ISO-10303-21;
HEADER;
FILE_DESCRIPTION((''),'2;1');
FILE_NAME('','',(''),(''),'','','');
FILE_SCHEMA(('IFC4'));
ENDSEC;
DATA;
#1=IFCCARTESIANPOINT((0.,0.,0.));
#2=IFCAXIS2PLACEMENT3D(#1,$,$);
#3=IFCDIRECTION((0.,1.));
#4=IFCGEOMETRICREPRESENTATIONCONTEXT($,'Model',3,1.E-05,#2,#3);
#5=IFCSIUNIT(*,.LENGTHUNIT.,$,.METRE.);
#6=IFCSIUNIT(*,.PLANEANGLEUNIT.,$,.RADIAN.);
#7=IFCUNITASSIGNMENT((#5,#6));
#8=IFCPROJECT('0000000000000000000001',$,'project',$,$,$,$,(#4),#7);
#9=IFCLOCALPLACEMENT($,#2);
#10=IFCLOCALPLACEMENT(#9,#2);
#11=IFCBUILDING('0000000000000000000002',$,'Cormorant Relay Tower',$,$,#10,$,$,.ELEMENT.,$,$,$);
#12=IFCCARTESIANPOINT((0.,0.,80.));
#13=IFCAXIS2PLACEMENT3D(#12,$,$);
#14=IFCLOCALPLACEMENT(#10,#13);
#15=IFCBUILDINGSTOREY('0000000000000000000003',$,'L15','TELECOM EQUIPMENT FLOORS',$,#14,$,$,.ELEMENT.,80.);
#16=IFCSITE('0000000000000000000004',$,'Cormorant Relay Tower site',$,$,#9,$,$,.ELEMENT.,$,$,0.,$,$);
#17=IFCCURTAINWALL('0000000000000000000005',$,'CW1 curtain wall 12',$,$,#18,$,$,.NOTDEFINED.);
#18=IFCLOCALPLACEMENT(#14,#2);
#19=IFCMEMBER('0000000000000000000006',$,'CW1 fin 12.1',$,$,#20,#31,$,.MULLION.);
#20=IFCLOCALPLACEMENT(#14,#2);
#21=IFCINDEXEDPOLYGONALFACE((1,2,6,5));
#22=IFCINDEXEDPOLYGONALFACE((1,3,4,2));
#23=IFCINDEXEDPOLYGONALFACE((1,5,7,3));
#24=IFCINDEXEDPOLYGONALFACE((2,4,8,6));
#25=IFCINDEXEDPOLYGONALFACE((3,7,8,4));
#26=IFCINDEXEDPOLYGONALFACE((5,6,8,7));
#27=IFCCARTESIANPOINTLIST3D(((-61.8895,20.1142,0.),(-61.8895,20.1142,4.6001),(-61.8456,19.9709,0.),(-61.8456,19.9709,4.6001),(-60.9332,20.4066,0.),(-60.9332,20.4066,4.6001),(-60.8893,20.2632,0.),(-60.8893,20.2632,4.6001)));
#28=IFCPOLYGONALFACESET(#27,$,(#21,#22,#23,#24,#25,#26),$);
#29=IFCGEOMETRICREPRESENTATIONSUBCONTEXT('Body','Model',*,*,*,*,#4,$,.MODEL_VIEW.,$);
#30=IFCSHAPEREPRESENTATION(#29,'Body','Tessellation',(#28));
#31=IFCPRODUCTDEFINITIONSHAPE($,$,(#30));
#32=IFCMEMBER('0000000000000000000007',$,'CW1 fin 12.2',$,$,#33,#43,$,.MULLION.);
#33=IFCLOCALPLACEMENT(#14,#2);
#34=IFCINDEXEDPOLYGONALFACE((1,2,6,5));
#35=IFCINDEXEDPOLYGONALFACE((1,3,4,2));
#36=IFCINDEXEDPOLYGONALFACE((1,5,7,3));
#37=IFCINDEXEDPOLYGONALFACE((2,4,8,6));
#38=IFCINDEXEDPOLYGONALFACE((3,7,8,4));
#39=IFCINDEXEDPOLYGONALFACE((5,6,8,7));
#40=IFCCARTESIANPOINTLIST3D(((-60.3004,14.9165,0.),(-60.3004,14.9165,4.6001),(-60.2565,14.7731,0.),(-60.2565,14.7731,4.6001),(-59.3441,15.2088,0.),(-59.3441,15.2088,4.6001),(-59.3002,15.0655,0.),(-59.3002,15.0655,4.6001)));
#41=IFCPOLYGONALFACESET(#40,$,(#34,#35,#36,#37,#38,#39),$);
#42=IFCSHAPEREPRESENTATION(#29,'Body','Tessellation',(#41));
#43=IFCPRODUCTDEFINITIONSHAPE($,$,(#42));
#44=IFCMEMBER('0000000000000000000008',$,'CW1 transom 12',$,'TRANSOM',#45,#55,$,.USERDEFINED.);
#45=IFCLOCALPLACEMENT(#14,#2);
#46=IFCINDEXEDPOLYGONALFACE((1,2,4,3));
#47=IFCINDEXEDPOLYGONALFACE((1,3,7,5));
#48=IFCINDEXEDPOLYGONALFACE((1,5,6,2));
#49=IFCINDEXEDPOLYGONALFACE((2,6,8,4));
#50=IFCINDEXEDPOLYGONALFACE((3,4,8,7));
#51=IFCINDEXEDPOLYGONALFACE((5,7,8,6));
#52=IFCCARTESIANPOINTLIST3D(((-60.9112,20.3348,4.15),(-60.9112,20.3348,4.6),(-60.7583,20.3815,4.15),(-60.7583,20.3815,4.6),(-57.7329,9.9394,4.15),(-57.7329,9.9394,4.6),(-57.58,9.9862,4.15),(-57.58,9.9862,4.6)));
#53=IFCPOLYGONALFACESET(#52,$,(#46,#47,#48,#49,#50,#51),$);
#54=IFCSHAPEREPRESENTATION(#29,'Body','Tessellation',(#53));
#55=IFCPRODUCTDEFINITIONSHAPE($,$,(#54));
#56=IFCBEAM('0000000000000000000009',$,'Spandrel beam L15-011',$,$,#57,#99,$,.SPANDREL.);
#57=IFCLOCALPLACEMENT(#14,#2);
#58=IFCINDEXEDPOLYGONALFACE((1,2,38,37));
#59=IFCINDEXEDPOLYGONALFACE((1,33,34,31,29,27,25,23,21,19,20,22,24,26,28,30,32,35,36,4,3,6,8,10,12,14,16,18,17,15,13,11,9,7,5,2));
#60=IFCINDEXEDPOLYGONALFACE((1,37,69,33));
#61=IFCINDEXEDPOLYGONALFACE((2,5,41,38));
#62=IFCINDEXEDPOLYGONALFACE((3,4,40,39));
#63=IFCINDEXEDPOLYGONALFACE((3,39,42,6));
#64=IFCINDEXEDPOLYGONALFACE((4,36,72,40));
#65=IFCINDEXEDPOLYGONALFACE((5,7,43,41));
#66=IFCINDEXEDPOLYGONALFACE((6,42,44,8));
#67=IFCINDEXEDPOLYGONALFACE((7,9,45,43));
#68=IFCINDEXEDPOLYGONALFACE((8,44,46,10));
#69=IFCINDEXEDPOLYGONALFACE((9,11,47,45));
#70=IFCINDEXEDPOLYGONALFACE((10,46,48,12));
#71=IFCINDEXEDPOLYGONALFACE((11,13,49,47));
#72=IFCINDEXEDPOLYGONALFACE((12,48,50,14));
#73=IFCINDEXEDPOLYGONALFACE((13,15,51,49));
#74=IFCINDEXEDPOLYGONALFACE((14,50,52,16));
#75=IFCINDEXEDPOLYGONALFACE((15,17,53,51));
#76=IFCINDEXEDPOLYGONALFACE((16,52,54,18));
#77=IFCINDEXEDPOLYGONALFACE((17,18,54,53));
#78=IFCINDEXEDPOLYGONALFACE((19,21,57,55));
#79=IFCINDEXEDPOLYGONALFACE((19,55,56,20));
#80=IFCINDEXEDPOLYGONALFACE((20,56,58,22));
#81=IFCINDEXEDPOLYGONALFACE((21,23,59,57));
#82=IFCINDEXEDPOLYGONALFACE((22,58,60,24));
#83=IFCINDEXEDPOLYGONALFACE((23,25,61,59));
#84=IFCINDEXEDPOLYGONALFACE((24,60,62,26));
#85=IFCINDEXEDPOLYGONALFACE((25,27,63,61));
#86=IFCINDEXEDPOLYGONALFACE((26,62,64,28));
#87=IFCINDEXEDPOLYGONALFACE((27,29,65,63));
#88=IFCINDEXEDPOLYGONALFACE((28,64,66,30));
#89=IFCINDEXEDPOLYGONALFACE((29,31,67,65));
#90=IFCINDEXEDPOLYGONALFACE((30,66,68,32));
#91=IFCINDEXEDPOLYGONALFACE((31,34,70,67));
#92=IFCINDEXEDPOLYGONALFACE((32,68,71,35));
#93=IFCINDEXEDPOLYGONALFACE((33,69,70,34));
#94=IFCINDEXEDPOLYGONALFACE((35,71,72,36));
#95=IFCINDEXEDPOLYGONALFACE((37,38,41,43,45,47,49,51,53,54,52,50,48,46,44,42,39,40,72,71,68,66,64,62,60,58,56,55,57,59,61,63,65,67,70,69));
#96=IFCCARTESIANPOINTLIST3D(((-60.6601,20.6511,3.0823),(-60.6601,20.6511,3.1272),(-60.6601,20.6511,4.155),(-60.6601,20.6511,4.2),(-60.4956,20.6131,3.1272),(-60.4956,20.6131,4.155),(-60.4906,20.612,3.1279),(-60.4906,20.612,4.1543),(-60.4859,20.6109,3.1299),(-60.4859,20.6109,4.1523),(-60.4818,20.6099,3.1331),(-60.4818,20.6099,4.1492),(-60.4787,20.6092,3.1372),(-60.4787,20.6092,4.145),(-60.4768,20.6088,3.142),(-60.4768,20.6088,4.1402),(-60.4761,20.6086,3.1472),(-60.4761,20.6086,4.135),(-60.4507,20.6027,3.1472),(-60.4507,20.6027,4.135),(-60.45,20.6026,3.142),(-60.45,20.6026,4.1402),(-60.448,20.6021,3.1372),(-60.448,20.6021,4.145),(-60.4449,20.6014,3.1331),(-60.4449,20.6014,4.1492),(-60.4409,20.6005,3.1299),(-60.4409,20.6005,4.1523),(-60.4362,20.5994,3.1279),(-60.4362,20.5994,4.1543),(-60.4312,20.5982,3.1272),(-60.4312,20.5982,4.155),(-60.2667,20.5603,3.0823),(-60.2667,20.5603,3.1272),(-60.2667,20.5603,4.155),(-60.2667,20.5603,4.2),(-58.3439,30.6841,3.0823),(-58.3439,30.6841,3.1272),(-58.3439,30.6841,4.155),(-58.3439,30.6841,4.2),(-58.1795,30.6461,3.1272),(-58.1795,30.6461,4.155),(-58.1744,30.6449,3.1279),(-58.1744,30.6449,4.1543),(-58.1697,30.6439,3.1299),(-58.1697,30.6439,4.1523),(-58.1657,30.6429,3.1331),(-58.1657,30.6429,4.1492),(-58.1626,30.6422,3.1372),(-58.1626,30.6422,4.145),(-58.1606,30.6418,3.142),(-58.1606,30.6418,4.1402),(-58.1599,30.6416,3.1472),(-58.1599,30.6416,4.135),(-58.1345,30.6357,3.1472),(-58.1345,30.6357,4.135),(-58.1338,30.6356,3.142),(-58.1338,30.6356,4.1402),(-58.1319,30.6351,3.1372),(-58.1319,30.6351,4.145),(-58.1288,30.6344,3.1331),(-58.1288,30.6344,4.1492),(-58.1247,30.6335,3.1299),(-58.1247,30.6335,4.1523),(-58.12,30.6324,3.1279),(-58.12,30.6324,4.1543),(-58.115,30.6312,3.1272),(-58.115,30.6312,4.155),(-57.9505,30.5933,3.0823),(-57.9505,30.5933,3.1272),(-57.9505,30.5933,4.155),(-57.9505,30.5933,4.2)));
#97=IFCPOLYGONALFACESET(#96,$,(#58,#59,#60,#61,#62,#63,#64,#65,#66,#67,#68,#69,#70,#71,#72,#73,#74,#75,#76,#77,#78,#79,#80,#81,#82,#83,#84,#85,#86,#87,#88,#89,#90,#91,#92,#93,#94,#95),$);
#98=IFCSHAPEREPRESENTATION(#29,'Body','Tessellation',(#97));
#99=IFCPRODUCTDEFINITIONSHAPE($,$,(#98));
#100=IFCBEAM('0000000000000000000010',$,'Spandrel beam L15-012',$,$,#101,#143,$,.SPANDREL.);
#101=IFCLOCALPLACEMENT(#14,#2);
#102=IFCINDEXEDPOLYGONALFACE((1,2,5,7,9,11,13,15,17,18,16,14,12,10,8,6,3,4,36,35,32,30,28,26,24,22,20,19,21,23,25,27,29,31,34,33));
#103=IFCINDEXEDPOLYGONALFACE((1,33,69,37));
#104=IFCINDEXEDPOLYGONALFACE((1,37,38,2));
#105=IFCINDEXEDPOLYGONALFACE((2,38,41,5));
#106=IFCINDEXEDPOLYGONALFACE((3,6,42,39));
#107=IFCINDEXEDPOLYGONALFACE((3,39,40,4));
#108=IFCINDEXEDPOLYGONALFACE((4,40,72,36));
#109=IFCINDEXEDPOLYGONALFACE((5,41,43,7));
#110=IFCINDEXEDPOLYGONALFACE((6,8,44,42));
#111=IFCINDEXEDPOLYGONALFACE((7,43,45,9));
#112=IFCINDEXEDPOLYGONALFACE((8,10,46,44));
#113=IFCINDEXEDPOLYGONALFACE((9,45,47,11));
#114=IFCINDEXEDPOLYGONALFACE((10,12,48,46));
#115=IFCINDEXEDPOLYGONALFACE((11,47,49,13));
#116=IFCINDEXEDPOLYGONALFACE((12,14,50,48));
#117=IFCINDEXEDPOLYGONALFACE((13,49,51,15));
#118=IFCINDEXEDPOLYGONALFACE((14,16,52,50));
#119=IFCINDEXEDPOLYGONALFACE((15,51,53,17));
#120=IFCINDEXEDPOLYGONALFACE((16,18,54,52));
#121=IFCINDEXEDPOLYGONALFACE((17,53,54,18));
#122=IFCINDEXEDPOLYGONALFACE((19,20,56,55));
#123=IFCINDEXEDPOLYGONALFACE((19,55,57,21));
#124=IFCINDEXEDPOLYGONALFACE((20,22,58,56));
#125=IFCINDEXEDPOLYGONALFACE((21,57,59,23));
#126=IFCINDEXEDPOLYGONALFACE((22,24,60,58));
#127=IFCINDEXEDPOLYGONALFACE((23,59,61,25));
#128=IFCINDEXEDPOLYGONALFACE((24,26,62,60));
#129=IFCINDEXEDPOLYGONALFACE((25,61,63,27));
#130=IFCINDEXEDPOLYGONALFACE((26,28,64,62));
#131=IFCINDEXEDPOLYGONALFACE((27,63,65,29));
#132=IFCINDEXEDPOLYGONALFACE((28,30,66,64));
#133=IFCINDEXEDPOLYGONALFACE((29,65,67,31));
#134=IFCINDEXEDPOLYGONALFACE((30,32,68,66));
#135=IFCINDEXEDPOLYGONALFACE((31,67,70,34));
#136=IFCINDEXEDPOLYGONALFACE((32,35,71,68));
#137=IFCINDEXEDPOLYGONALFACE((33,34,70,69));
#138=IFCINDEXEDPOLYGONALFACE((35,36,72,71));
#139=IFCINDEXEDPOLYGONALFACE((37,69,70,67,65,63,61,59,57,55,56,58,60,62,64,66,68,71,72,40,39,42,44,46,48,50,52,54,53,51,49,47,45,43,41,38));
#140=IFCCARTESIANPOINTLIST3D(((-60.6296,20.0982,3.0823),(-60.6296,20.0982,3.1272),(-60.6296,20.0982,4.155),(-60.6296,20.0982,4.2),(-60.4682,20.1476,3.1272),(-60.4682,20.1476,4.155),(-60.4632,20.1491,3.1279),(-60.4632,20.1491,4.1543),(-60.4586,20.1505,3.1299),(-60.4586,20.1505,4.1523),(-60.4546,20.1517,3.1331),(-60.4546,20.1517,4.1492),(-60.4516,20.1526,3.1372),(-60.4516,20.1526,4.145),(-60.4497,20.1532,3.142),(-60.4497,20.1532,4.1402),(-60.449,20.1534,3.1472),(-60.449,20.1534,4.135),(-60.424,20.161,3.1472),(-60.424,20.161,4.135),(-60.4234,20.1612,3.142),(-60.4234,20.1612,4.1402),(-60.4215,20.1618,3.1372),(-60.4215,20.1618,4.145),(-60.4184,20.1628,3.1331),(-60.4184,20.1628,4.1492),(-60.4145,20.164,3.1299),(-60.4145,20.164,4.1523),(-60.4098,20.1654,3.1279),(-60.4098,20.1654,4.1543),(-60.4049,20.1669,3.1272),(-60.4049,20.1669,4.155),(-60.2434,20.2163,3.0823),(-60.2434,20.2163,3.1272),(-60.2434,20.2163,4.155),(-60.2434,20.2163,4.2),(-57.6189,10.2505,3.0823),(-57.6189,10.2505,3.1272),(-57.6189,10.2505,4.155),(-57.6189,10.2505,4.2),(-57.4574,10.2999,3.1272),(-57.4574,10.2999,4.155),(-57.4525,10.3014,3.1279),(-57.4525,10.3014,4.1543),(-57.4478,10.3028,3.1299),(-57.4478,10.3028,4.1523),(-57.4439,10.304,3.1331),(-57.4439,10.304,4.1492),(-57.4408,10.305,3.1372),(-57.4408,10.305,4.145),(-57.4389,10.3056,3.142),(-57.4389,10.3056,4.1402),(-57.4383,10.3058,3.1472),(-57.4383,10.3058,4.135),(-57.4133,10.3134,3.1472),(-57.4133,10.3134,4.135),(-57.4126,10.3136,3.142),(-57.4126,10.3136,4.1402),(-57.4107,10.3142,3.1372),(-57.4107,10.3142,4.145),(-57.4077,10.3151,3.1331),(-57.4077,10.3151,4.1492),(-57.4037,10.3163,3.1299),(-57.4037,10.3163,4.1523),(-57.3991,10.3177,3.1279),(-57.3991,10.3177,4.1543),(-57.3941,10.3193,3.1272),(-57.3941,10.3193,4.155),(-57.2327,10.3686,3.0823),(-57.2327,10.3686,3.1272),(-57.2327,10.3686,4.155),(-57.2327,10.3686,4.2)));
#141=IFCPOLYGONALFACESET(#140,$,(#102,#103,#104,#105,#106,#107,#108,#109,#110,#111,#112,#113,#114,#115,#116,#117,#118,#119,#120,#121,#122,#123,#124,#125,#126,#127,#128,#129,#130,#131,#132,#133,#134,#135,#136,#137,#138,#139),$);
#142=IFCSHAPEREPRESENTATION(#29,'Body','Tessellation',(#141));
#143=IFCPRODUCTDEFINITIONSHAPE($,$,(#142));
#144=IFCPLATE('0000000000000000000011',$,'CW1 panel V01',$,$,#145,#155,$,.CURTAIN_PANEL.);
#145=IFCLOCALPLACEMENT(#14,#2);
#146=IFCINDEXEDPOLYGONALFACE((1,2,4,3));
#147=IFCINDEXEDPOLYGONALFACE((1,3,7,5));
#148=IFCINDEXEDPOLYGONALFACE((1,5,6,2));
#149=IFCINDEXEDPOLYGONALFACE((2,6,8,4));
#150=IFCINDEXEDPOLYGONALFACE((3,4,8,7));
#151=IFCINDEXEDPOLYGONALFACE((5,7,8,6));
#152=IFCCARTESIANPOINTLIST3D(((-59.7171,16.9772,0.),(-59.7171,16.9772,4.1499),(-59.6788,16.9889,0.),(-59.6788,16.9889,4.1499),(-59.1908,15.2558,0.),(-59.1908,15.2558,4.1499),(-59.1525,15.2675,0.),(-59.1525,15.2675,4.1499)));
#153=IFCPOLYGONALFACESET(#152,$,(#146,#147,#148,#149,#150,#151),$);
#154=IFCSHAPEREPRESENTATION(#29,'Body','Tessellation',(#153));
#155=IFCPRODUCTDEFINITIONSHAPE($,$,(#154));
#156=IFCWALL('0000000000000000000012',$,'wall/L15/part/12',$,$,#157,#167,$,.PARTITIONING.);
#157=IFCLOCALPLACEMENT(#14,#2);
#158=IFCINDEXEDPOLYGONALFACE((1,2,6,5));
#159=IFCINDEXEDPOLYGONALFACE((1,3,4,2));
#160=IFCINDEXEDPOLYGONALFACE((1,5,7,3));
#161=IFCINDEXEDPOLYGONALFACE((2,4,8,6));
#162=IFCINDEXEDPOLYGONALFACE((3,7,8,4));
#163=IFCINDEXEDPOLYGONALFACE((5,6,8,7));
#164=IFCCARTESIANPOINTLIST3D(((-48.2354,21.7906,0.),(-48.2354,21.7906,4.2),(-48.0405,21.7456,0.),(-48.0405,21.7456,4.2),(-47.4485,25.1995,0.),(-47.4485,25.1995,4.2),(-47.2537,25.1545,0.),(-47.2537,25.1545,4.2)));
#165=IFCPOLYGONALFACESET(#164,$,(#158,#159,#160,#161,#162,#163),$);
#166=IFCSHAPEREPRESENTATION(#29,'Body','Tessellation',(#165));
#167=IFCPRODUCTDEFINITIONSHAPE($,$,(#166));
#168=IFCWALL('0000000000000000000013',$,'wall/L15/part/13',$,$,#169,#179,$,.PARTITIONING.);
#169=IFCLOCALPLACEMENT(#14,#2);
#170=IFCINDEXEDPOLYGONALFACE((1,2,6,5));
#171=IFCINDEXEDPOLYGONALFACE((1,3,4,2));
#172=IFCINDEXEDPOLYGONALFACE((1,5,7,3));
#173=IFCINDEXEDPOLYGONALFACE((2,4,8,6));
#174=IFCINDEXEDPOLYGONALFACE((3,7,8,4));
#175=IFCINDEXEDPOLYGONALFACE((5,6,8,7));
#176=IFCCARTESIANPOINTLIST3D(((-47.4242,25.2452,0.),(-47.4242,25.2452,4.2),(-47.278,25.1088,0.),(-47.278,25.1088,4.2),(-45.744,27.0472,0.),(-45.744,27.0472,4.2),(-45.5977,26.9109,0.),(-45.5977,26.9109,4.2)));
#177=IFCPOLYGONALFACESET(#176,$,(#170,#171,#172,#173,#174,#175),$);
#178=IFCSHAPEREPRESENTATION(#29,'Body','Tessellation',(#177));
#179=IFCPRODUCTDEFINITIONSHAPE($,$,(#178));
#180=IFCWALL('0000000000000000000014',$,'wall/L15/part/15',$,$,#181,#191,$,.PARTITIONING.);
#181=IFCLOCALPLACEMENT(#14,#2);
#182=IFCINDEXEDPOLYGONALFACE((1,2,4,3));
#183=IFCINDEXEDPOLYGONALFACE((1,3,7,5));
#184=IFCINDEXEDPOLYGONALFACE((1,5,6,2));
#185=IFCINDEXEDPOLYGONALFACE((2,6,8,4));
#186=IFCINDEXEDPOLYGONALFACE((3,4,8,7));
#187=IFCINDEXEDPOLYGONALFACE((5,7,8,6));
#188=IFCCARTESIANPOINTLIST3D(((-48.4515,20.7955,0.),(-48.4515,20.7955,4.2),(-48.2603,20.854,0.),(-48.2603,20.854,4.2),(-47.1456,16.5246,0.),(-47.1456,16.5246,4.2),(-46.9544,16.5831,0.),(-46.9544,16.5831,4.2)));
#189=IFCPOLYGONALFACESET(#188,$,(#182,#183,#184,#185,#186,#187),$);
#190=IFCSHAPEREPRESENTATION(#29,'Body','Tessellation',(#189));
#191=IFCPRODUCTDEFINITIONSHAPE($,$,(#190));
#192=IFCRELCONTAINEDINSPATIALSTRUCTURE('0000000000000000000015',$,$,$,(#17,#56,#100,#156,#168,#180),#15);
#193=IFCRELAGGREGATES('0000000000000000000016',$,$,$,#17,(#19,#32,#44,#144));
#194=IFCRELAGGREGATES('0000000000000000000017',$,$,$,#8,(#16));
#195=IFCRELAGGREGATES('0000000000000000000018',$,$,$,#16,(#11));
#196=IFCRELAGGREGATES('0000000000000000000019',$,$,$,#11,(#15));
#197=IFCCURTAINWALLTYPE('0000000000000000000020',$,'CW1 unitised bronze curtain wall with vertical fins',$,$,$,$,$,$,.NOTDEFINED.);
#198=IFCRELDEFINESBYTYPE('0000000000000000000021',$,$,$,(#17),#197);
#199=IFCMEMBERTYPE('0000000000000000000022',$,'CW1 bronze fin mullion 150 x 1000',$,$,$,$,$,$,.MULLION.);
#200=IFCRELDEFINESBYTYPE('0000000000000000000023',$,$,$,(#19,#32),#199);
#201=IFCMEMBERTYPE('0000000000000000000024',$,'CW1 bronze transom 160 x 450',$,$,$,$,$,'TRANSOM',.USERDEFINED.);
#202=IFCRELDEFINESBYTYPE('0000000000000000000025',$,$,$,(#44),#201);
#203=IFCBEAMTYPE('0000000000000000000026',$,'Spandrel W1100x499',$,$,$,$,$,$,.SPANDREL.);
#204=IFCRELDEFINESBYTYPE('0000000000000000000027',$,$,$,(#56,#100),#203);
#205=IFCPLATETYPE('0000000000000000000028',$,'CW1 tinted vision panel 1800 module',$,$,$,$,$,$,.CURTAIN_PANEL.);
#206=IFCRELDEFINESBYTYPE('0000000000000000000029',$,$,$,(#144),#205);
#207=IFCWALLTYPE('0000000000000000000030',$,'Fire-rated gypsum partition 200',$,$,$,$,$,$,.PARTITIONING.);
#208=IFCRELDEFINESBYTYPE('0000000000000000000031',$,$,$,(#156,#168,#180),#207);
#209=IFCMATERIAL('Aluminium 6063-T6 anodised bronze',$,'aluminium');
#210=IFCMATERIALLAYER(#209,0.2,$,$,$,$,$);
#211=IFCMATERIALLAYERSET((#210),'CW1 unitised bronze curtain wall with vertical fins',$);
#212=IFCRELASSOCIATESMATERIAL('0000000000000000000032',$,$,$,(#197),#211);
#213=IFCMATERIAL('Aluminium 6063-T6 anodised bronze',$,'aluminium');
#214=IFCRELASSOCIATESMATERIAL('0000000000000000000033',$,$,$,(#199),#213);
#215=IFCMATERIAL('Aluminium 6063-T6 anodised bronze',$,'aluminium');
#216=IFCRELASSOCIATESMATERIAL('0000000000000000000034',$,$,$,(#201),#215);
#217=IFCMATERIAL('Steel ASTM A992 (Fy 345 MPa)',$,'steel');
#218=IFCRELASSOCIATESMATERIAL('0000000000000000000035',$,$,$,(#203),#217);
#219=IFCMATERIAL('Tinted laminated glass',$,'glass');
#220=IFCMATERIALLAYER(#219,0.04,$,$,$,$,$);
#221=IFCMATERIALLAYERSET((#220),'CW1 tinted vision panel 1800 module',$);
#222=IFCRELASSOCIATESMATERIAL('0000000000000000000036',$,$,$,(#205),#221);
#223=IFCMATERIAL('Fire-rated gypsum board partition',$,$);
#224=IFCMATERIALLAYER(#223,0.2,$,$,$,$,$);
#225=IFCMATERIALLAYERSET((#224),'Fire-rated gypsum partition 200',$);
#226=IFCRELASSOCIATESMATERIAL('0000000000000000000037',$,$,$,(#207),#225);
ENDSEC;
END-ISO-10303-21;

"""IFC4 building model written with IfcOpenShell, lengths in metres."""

from ifc_helpers import new_model, si_unit, direction, frame, frame_2d, origin, origin_2d, place, context, subcontext, project, spatial, rectangle, i_section, extrude, material, layer, layer_set, material_profile, profile_set, type_object, element, aggregate, save


model = new_model("IFC4")

# Units and contexts
model_context = context("Model", 3, precision=1e-05, world=origin(), true_north=direction((0.0, 1.0)))
body_context = subcontext(model_context, "Body", "Model", "MODEL_VIEW")
ifc_project = project(units=[si_unit("LENGTHUNIT", "METRE"), si_unit("PLANEANGLEUNIT", "RADIAN")], contexts=[model_context])

# Site, building, storey
site_placement = place(None, origin())
site = spatial("IfcSite", under=ifc_project, at=site_placement, Name="Cormorant Relay Tower site", CompositionType="ELEMENT", RefElevation=0.0)
building_placement = place(site_placement, origin())
building = spatial("IfcBuilding", under=site, at=building_placement, Name="Cormorant Relay Tower", CompositionType="ELEMENT")
storey_placement = place(building_placement, frame((0.0, 0.0, 80.0)))
storey = spatial("IfcBuildingStorey", under=building, at=storey_placement, Name="L15", Description="TELECOM EQUIPMENT FLOORS", CompositionType="ELEMENT", Elevation=80.0)

# Shared definitions
ifc_material_1 = material(Name="Aluminium 6063-T6 anodised bronze", Category="aluminium")
ifc_layer_1 = layer(ifc_material_1, 0.2)
ifc_layer_set_1 = layer_set([ifc_layer_1], Name="CW1 unitised bronze curtain wall with vertical fins")
curtain_wall_type = type_object("IfcCurtainWallType", Name="CW1 unitised bronze curtain wall with vertical fins", PredefinedType="NOTDEFINED", material=ifc_layer_set_1)
ifc_material_2 = material(Name="Aluminium 6063-T6 anodised bronze", Category="aluminium")
ifc_material_profile_1 = material_profile(ifc_material_2, rectangle(XDim=0.1499, YDim=1.0, at=origin_2d()), Name="AL 150x1000")
ifc_profile_set_1 = profile_set([ifc_material_profile_1], Name="Aluminium 6063-T6 anodised bronze")
member_type_1 = type_object("IfcMemberType", Name="CW1 bronze fin mullion 150 x 1000", PredefinedType="MULLION", material=ifc_profile_set_1)

# Curtain wall, members
curtain_wall_1_placement = place(storey_placement, origin())
curtain_wall_1 = element("IfcCurtainWall", 1, at=curtain_wall_1_placement, inside=storey, type_object=curtain_wall_type, Name="CW1 curtain wall 12", PredefinedType="NOTDEFINED")
member_1_placement = place(storey_placement, frame((-61.3894, 20.1887, 0.0), z_axis=(0.0, 0.0, 1.0), x_axis=(0.292372, -0.956305, 0.0)))
member_1 = element("IfcMember", 2, at=member_1_placement, type_object=member_type_1, Name="CW1 fin 12.1", PredefinedType="MULLION", context=body_context, shape_type="SweptSolid", body=[
    extrude(rectangle(XDim=0.1499, YDim=1.0, at=origin_2d()), origin(), (0.0, 0.0, 1.0), 4.6001),
])
member_2_placement = place(storey_placement, frame((-59.8003, 14.991, 0.0), z_axis=(0.0, 0.0, 1.0), x_axis=(0.292372, -0.956305, 0.0)))
member_2 = element("IfcMember", 3, at=member_2_placement, type_object=member_type_1, Name="CW1 fin 12.2", PredefinedType="MULLION", context=body_context, shape_type="SweptSolid", body=[
    extrude(rectangle(XDim=0.1499, YDim=1.0, at=origin_2d()), origin(), (0.0, 0.0, 1.0), 4.6001),
])
ifc_material_3 = material(Name="Aluminium 6063-T6 anodised bronze", Category="aluminium")
ifc_material_profile_2 = material_profile(ifc_material_3, rectangle(XDim=0.1599, YDim=0.45, at=origin_2d()), Name="AL 160x450")
ifc_profile_set_2 = profile_set([ifc_material_profile_2], Name="Aluminium 6063-T6 anodised bronze")
member_type_2 = type_object("IfcMemberType", Name="CW1 bronze transom 160 x 450", ElementType="TRANSOM", PredefinedType="USERDEFINED", material=ifc_profile_set_2)
member_3_placement = place(storey_placement, frame((-60.8347, 20.3582, 4.375), z_axis=(0.292378, -0.956303, 0.0), x_axis=(0.956303, 0.292378, 0.0)))
member_3 = element("IfcMember", 4, at=member_3_placement, type_object=member_type_2, Name="CW1 transom 12", ObjectType="TRANSOM", PredefinedType="USERDEFINED", context=body_context, shape_type="SweptSolid", body=[
    extrude(rectangle(XDim=0.1599, YDim=0.45, at=origin_2d()), origin(), (0.0, 0.0, 1.0), 10.8704),
])

# Beams
ifc_material_4 = material(Name="Steel ASTM A992 (Fy 345 MPa)", Category="steel")
ifc_material_profile_3 = material_profile(ifc_material_4, i_section(OverallWidth=0.4038, OverallDepth=1.1177, WebThickness=0.0261, FlangeThickness=0.0449, FilletRadius=0.02, at=origin_2d()), Name="W1100x499")
ifc_profile_set_3 = profile_set([ifc_material_profile_3], Name="Steel ASTM A992 (Fy 345 MPa)")
beam_type = type_object("IfcBeamType", Name="Spandrel W1100x499", PredefinedType="SPANDREL", material=ifc_profile_set_3)
beam_1_placement = place(storey_placement, frame((-58.1472, 30.6387, 3.6411), z_axis=(-0.224939, -0.974373, 0.0), x_axis=(0.974373, -0.224939, 0.0)))
element("IfcBeam", 5, at=beam_1_placement, inside=storey, type_object=beam_type, Name="Spandrel beam L15-011", PredefinedType="SPANDREL", context=body_context, shape_type="SweptSolid", body=[
    extrude(i_section(OverallWidth=0.4038, OverallDepth=1.1177, WebThickness=0.0261, FlangeThickness=0.0449, FilletRadius=0.02, at=origin_2d()), origin(), (0.0, 0.0, 1.0), 10.2969),
])
beam_2_placement = place(storey_placement, frame((-60.4365, 20.1572, 3.6411), z_axis=(0.292373, -0.956304, 0.0), x_axis=(0.956304, 0.292373, 0.0)))
element("IfcBeam", 6, at=beam_2_placement, inside=storey, type_object=beam_type, Name="Spandrel beam L15-012", PredefinedType="SPANDREL", context=body_context, shape_type="SweptSolid", body=[
    extrude(i_section(OverallWidth=0.4038, OverallDepth=1.1177, WebThickness=0.0261, FlangeThickness=0.0449, FilletRadius=0.02, at=origin_2d()), origin(), (0.0, 0.0, 1.0), 10.2976),
])

# Plate
ifc_material_5 = material(Name="Tinted laminated glass", Category="glass")
ifc_layer_2 = layer(ifc_material_5, 0.04)
ifc_layer_set_2 = layer_set([ifc_layer_2], Name="CW1 tinted vision panel 1800 module")
plate_type = type_object("IfcPlateType", Name="CW1 tinted vision panel 1800 module", PredefinedType="CURTAIN_PANEL", material=ifc_layer_set_2)
plate_placement = place(storey_placement, frame((-59.4348, 16.1223, 0.0), z_axis=(0.0, 0.0, 1.0), x_axis=(0.292372, -0.956305, 0.0)))
plate = element("IfcPlate", 7, at=plate_placement, type_object=plate_type, Name="CW1 panel V01", PredefinedType="CURTAIN_PANEL", context=body_context, shape_type="SweptSolid", body=[
    extrude(rectangle(XDim=1.8, YDim=0.04, at=origin_2d()), origin(), (0.0, 0.0, 1.0), 4.1499),
])

# Walls
ifc_material_6 = material(Name="Fire-rated gypsum board partition")
ifc_layer_3 = layer(ifc_material_6, 0.2)
ifc_layer_set_3 = layer_set([ifc_layer_3], Name="Fire-rated gypsum partition 200")
wall_type_1 = type_object("IfcWallType", Name="Fire-rated gypsum partition 200", PredefinedType="PARTITIONING", material=ifc_layer_set_3)
wall_1_placement = place(storey_placement, frame((-48.1379, 21.7681, 0.0), z_axis=(0.0, 0.0, 1.0), x_axis=(0.22491, 0.974379, 0.0)))
element("IfcWall", 8, at=wall_1_placement, inside=storey, type_object=wall_type_1, Name="wall/L15/part/12", PredefinedType="PARTITIONING", context=body_context, shape_type="SweptSolid", body=[
    extrude(rectangle(XDim=3.4985, YDim=0.2, at=frame_2d((1.7493, 0.0))), origin(), (0.0, 0.0, 1.0), 4.2),
])
wall_2_placement = place(storey_placement, frame((-47.3511, 25.177, 0.0), z_axis=(0.0, 0.0, 1.0), x_axis=(0.681951, 0.731398, 0.0)))
element("IfcWall", 9, at=wall_2_placement, inside=storey, type_object=wall_type_1, Name="wall/L15/part/13", PredefinedType="PARTITIONING", context=body_context, shape_type="SweptSolid", body=[
    extrude(rectangle(XDim=2.4639, YDim=0.2, at=frame_2d((1.2319, 0.0))), origin(), (0.0, 0.0, 1.0), 4.2),
])
wall_3_placement = place(storey_placement, frame((-47.05, 16.554, 0.0), z_axis=(0.0, 0.0, 1.0), x_axis=(-0.292399, 0.956296, 0.0)))
element("IfcWall", 10, at=wall_3_placement, inside=storey, type_object=wall_type_1, Name="wall/L15/part/15", PredefinedType="PARTITIONING", context=body_context, shape_type="SweptSolid", body=[
    extrude(rectangle(XDim=4.4661, YDim=0.2, at=frame_2d((2.2329, 0.0))), origin(), (0.0, 0.0, 1.0), 4.2),
])

aggregate(curtain_wall_1, [member_1, member_2, member_3, plate])

save(model, "model.ifc")
